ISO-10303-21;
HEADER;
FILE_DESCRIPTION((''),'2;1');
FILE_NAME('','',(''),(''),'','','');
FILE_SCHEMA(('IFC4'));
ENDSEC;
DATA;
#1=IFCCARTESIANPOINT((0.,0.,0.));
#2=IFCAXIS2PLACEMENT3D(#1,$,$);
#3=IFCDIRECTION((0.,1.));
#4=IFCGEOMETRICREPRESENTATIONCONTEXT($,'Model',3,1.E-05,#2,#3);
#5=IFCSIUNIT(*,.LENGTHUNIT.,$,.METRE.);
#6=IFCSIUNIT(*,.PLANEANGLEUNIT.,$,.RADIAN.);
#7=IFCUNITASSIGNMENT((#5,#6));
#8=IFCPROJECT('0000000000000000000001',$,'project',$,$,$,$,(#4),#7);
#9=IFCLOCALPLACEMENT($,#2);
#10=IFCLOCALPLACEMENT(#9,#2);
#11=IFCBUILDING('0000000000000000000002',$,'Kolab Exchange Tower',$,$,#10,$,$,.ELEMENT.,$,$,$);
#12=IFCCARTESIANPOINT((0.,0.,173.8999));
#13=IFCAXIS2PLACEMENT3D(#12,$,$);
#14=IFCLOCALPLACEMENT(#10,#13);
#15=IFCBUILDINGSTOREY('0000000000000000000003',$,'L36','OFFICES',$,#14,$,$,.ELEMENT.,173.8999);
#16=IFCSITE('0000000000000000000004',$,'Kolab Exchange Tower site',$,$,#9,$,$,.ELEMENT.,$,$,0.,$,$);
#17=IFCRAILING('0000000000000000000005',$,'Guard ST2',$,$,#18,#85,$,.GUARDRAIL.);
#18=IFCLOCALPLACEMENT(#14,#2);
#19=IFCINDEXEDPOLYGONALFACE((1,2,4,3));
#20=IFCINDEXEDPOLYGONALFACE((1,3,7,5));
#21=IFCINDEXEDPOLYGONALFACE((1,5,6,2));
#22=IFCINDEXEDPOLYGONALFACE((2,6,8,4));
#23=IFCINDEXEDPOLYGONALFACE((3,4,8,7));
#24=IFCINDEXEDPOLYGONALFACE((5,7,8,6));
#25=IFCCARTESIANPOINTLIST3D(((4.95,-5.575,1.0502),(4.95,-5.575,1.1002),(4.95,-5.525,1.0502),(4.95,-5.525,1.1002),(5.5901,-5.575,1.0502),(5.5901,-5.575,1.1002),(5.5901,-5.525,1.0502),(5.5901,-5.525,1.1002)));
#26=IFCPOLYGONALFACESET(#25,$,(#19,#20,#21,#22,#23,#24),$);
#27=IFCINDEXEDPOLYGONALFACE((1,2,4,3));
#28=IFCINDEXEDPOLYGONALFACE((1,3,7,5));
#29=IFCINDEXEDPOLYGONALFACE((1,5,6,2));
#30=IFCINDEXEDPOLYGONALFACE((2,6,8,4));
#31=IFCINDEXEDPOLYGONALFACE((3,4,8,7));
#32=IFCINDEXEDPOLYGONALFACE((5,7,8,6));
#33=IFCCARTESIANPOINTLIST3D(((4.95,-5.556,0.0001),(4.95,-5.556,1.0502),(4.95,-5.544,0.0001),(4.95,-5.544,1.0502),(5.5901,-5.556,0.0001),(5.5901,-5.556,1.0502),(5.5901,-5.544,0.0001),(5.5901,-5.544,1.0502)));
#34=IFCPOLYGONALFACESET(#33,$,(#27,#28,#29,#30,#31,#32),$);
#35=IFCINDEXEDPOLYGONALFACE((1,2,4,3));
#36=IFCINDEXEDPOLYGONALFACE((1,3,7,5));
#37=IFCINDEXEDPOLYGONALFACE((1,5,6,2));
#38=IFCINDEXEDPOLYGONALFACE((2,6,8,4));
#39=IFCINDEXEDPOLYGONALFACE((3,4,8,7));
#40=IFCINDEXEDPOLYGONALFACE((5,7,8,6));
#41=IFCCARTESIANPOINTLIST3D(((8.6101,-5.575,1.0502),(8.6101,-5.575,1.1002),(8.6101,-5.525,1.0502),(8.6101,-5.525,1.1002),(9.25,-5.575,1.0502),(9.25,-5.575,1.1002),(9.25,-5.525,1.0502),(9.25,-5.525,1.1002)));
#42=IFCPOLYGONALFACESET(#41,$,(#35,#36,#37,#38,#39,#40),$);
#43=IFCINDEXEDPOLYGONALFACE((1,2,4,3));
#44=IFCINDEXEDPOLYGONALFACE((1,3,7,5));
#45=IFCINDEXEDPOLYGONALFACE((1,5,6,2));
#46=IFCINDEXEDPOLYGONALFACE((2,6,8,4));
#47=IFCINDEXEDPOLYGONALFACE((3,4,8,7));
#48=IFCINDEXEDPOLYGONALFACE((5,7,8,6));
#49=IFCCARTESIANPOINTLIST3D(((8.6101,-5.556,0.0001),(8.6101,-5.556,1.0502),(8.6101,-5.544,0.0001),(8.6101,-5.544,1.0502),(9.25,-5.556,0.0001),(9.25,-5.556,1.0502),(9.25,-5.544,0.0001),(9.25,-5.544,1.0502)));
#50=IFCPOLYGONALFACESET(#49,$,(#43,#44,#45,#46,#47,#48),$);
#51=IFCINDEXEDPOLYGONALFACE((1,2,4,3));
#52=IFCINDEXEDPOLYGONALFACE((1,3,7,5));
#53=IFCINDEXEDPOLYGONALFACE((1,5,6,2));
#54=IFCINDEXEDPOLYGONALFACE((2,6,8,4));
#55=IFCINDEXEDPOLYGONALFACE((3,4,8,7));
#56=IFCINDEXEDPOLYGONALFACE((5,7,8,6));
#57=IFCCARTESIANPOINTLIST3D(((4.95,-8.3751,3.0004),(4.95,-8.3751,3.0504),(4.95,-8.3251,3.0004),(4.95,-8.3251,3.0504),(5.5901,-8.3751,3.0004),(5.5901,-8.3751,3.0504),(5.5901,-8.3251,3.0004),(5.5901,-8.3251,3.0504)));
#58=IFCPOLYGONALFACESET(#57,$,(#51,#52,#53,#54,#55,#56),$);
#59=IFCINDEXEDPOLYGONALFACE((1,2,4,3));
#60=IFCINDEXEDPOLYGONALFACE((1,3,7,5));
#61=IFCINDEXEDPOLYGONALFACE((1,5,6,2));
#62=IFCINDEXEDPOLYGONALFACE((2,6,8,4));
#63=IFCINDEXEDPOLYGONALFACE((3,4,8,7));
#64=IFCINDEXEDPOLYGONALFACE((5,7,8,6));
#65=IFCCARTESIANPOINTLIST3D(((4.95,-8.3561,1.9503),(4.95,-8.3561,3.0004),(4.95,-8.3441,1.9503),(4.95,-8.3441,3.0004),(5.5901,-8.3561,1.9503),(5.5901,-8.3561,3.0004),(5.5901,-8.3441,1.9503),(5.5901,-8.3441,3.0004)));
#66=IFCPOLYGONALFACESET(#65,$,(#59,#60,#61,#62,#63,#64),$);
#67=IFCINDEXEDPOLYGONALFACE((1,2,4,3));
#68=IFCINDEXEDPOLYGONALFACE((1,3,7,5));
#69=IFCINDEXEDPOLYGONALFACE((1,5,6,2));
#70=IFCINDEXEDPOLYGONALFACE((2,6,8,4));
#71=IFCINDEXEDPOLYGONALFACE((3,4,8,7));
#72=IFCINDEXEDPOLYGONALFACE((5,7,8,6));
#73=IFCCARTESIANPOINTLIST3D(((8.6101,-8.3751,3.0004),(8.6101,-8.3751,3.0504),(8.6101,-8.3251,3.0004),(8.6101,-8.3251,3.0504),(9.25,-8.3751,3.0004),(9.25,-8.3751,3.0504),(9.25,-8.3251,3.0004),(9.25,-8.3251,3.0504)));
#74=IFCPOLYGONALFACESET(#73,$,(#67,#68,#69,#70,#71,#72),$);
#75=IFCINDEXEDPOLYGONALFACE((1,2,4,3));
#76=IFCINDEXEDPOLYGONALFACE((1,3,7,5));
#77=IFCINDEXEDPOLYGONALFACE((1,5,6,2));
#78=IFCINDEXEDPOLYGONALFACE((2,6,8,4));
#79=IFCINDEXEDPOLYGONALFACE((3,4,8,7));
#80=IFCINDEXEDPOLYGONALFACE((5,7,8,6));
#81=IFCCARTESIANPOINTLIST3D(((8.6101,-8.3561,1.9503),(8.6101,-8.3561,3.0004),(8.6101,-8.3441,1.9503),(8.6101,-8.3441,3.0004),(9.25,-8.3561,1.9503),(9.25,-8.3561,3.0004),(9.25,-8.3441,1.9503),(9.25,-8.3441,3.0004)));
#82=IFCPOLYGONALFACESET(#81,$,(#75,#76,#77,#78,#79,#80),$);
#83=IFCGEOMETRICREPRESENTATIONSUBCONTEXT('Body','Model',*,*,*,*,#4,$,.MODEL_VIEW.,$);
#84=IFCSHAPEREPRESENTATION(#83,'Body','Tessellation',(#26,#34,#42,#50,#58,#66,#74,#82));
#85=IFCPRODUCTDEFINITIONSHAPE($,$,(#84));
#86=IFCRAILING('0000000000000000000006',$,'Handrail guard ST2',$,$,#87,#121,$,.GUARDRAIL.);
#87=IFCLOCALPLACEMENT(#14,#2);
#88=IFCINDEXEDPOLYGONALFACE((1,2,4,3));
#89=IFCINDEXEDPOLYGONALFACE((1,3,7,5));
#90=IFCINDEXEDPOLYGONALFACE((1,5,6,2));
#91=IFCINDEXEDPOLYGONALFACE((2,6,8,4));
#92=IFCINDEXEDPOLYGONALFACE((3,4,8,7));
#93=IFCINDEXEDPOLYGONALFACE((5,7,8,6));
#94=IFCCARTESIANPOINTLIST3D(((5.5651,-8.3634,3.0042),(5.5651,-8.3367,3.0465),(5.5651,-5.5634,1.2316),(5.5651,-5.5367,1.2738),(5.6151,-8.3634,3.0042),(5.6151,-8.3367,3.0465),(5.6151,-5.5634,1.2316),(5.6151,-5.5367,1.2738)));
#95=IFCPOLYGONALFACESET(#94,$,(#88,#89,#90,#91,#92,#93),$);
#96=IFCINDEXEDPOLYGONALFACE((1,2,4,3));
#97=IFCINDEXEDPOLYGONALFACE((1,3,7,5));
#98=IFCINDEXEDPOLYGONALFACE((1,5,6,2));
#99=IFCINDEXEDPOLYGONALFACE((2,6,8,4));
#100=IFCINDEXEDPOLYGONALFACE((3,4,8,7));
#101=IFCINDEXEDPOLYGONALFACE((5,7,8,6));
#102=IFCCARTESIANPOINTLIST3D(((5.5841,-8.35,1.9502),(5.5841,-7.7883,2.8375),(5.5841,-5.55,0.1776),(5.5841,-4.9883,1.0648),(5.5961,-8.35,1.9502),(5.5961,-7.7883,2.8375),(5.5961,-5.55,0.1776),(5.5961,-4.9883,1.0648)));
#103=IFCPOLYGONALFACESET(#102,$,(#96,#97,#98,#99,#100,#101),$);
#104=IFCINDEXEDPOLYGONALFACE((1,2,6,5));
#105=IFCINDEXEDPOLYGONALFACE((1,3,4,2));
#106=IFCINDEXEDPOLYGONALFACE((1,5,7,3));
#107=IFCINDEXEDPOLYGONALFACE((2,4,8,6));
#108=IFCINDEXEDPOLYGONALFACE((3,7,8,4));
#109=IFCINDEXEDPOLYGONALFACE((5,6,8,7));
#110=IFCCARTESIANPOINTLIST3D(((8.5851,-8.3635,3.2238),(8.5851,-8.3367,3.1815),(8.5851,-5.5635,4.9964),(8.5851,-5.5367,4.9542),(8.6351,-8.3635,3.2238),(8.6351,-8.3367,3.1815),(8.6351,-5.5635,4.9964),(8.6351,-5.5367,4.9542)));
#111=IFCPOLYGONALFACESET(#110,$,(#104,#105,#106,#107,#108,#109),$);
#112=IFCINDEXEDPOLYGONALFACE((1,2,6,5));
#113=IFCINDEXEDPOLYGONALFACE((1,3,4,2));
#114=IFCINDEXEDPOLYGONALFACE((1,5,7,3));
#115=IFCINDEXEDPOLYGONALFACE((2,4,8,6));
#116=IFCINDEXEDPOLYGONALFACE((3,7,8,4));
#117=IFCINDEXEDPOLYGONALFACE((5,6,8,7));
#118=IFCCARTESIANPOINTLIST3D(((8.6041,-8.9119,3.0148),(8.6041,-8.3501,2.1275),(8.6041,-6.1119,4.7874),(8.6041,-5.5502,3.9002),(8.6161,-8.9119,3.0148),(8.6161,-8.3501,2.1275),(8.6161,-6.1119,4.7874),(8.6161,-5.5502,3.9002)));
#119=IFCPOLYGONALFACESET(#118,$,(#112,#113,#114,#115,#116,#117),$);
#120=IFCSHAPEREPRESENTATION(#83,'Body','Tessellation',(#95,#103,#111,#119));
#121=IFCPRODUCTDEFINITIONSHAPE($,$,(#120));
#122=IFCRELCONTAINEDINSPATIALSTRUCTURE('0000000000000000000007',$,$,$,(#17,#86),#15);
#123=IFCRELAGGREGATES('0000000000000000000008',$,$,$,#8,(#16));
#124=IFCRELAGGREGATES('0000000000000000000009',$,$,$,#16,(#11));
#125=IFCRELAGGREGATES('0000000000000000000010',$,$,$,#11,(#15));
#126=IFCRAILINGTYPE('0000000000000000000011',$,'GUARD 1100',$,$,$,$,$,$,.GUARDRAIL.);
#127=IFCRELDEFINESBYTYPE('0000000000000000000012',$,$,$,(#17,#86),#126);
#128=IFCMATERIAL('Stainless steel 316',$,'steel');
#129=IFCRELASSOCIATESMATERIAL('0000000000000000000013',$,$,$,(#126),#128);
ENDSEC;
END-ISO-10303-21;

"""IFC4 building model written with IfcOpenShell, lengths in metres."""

from ifc_helpers import new_model, si_unit, direction, frame, frame_2d, origin, origin_2d, place, context, subcontext, project, spatial, rectangle, extrude, material, type_object, element, save


model = new_model("IFC4")

# Units and contexts
model_context = context("Model", 3, precision=1e-05, world=origin(), true_north=direction((0.0, 1.0)))
body_context = subcontext(model_context, "Body", "Model", "MODEL_VIEW")
ifc_project = project(units=[si_unit("LENGTHUNIT", "METRE"), si_unit("PLANEANGLEUNIT", "RADIAN")], contexts=[model_context])

# Site, building, storey
site_placement = place(None, origin())
site = spatial("IfcSite", under=ifc_project, at=site_placement, Name="Kolab Exchange Tower site", CompositionType="ELEMENT", RefElevation=0.0)
building_placement = place(site_placement, origin())
building = spatial("IfcBuilding", under=site, at=building_placement, Name="Kolab Exchange Tower", CompositionType="ELEMENT")
storey_placement = place(building_placement, frame((0.0, 0.0, 173.8999)))
storey = spatial("IfcBuildingStorey", under=building, at=storey_placement, Name="L36", Description="OFFICES", CompositionType="ELEMENT", Elevation=173.8999)

# Shared definitions
ifc_material_1 = material(Name="Stainless steel 316", Category="steel")

# Railings
railing_type = type_object("IfcRailingType", Name="GUARD 1100", PredefinedType="GUARDRAIL", material=ifc_material_1)
railing_1_placement = place(storey_placement, frame((4.95, -5.55, 0.0)))
element("IfcRailing", 1, at=railing_1_placement, inside=storey, type_object=railing_type, Name="Guard ST2", PredefinedType="GUARDRAIL", context=body_context, shape_type="SweptSolid", body=[
    extrude(rectangle(XDim=0.05, YDim=0.05, at=origin_2d()), frame((0.0, 0.0, 1.0752), z_axis=(1.0, 0.0, 0.0), x_axis=(0.0, 1.0, 0.0)), (0.0, 0.0, 1.0), 0.6401),
    extrude(rectangle(XDim=0.012, YDim=1.0501, at=frame_2d((0.0, 0.5251))), frame((0.0, 0.0, 0.0), z_axis=(1.0, 0.0, 0.0), x_axis=(0.0, 1.0, 0.0)), (0.0, 0.0, 1.0), 0.6401),
    extrude(rectangle(XDim=0.05, YDim=0.05, at=origin_2d()), frame((3.6602, 0.0, 1.0752), z_axis=(1.0, 0.0, 0.0), x_axis=(0.0, 1.0, 0.0)), (0.0, 0.0, 1.0), 0.6399),
    extrude(rectangle(XDim=0.012, YDim=1.0501, at=frame_2d((0.0, 0.5251))), frame((3.6602, 0.0, 0.0), z_axis=(1.0, 0.0, 0.0), x_axis=(0.0, 1.0, 0.0)), (0.0, 0.0, 1.0), 0.6399),
    extrude(rectangle(XDim=0.05, YDim=0.05, at=origin_2d()), frame((0.0, -2.8, 3.0254), z_axis=(1.0, 0.0, 0.0), x_axis=(0.0, 1.0, 0.0)), (0.0, 0.0, 1.0), 0.6401),
    extrude(rectangle(XDim=0.012, YDim=1.0501, at=frame_2d((0.0, 0.5251))), frame((0.0, -2.8, 1.9502), z_axis=(1.0, 0.0, 0.0), x_axis=(0.0, 1.0, 0.0)), (0.0, 0.0, 1.0), 0.6401),
    extrude(rectangle(XDim=0.05, YDim=0.05, at=origin_2d()), frame((3.6602, -2.8, 3.0254), z_axis=(1.0, 0.0, 0.0), x_axis=(0.0, 1.0, 0.0)), (0.0, 0.0, 1.0), 0.6399),
    extrude(rectangle(XDim=0.012, YDim=1.0501, at=frame_2d((0.0, 0.5251))), frame((3.6602, -2.8, 1.9502), z_axis=(1.0, 0.0, 0.0), x_axis=(0.0, 1.0, 0.0)), (0.0, 0.0, 1.0), 0.6399),
])
railing_2_placement = place(storey_placement, frame((5.5901, -5.55, 0.1775)))
element("IfcRailing", 2, at=railing_2_placement, inside=storey, type_object=railing_type, Name="Handrail guard ST2", PredefinedType="GUARDRAIL", context=body_context, shape_type="SweptSolid", body=[
    extrude(rectangle(XDim=0.05, YDim=0.05, at=origin_2d()), frame((0.0, 0.0, 1.0752), z_axis=(0.0, -0.844909, 0.53491), x_axis=(1.0, 0.0, 0.0)), (0.0, 0.0, 1.0), 3.314),
    extrude(rectangle(XDim=0.012, YDim=1.0501, at=frame_2d((0.0, 0.5251))), frame((0.0, 0.0, 0.0), z_axis=(0.0, -0.844909, 0.53491), x_axis=(1.0, 0.0, 0.0)), (0.0, 0.0, 1.0), 3.314),
    extrude(rectangle(XDim=0.05, YDim=0.05, at=origin_2d()), frame((3.02, -2.8, 3.0251), z_axis=(0.0, 0.844909, 0.53491), x_axis=(-1.0, 0.0, 0.0)), (0.0, 0.0, 1.0), 3.314),
    extrude(rectangle(XDim=0.012, YDim=1.0501, at=frame_2d((0.0, 0.5251))), frame((3.02, -2.8, 1.95), z_axis=(0.0, 0.844909, 0.53491), x_axis=(-1.0, 0.0, 0.0)), (0.0, 0.0, 1.0), 3.314),
])

save(model, "model.ifc")
